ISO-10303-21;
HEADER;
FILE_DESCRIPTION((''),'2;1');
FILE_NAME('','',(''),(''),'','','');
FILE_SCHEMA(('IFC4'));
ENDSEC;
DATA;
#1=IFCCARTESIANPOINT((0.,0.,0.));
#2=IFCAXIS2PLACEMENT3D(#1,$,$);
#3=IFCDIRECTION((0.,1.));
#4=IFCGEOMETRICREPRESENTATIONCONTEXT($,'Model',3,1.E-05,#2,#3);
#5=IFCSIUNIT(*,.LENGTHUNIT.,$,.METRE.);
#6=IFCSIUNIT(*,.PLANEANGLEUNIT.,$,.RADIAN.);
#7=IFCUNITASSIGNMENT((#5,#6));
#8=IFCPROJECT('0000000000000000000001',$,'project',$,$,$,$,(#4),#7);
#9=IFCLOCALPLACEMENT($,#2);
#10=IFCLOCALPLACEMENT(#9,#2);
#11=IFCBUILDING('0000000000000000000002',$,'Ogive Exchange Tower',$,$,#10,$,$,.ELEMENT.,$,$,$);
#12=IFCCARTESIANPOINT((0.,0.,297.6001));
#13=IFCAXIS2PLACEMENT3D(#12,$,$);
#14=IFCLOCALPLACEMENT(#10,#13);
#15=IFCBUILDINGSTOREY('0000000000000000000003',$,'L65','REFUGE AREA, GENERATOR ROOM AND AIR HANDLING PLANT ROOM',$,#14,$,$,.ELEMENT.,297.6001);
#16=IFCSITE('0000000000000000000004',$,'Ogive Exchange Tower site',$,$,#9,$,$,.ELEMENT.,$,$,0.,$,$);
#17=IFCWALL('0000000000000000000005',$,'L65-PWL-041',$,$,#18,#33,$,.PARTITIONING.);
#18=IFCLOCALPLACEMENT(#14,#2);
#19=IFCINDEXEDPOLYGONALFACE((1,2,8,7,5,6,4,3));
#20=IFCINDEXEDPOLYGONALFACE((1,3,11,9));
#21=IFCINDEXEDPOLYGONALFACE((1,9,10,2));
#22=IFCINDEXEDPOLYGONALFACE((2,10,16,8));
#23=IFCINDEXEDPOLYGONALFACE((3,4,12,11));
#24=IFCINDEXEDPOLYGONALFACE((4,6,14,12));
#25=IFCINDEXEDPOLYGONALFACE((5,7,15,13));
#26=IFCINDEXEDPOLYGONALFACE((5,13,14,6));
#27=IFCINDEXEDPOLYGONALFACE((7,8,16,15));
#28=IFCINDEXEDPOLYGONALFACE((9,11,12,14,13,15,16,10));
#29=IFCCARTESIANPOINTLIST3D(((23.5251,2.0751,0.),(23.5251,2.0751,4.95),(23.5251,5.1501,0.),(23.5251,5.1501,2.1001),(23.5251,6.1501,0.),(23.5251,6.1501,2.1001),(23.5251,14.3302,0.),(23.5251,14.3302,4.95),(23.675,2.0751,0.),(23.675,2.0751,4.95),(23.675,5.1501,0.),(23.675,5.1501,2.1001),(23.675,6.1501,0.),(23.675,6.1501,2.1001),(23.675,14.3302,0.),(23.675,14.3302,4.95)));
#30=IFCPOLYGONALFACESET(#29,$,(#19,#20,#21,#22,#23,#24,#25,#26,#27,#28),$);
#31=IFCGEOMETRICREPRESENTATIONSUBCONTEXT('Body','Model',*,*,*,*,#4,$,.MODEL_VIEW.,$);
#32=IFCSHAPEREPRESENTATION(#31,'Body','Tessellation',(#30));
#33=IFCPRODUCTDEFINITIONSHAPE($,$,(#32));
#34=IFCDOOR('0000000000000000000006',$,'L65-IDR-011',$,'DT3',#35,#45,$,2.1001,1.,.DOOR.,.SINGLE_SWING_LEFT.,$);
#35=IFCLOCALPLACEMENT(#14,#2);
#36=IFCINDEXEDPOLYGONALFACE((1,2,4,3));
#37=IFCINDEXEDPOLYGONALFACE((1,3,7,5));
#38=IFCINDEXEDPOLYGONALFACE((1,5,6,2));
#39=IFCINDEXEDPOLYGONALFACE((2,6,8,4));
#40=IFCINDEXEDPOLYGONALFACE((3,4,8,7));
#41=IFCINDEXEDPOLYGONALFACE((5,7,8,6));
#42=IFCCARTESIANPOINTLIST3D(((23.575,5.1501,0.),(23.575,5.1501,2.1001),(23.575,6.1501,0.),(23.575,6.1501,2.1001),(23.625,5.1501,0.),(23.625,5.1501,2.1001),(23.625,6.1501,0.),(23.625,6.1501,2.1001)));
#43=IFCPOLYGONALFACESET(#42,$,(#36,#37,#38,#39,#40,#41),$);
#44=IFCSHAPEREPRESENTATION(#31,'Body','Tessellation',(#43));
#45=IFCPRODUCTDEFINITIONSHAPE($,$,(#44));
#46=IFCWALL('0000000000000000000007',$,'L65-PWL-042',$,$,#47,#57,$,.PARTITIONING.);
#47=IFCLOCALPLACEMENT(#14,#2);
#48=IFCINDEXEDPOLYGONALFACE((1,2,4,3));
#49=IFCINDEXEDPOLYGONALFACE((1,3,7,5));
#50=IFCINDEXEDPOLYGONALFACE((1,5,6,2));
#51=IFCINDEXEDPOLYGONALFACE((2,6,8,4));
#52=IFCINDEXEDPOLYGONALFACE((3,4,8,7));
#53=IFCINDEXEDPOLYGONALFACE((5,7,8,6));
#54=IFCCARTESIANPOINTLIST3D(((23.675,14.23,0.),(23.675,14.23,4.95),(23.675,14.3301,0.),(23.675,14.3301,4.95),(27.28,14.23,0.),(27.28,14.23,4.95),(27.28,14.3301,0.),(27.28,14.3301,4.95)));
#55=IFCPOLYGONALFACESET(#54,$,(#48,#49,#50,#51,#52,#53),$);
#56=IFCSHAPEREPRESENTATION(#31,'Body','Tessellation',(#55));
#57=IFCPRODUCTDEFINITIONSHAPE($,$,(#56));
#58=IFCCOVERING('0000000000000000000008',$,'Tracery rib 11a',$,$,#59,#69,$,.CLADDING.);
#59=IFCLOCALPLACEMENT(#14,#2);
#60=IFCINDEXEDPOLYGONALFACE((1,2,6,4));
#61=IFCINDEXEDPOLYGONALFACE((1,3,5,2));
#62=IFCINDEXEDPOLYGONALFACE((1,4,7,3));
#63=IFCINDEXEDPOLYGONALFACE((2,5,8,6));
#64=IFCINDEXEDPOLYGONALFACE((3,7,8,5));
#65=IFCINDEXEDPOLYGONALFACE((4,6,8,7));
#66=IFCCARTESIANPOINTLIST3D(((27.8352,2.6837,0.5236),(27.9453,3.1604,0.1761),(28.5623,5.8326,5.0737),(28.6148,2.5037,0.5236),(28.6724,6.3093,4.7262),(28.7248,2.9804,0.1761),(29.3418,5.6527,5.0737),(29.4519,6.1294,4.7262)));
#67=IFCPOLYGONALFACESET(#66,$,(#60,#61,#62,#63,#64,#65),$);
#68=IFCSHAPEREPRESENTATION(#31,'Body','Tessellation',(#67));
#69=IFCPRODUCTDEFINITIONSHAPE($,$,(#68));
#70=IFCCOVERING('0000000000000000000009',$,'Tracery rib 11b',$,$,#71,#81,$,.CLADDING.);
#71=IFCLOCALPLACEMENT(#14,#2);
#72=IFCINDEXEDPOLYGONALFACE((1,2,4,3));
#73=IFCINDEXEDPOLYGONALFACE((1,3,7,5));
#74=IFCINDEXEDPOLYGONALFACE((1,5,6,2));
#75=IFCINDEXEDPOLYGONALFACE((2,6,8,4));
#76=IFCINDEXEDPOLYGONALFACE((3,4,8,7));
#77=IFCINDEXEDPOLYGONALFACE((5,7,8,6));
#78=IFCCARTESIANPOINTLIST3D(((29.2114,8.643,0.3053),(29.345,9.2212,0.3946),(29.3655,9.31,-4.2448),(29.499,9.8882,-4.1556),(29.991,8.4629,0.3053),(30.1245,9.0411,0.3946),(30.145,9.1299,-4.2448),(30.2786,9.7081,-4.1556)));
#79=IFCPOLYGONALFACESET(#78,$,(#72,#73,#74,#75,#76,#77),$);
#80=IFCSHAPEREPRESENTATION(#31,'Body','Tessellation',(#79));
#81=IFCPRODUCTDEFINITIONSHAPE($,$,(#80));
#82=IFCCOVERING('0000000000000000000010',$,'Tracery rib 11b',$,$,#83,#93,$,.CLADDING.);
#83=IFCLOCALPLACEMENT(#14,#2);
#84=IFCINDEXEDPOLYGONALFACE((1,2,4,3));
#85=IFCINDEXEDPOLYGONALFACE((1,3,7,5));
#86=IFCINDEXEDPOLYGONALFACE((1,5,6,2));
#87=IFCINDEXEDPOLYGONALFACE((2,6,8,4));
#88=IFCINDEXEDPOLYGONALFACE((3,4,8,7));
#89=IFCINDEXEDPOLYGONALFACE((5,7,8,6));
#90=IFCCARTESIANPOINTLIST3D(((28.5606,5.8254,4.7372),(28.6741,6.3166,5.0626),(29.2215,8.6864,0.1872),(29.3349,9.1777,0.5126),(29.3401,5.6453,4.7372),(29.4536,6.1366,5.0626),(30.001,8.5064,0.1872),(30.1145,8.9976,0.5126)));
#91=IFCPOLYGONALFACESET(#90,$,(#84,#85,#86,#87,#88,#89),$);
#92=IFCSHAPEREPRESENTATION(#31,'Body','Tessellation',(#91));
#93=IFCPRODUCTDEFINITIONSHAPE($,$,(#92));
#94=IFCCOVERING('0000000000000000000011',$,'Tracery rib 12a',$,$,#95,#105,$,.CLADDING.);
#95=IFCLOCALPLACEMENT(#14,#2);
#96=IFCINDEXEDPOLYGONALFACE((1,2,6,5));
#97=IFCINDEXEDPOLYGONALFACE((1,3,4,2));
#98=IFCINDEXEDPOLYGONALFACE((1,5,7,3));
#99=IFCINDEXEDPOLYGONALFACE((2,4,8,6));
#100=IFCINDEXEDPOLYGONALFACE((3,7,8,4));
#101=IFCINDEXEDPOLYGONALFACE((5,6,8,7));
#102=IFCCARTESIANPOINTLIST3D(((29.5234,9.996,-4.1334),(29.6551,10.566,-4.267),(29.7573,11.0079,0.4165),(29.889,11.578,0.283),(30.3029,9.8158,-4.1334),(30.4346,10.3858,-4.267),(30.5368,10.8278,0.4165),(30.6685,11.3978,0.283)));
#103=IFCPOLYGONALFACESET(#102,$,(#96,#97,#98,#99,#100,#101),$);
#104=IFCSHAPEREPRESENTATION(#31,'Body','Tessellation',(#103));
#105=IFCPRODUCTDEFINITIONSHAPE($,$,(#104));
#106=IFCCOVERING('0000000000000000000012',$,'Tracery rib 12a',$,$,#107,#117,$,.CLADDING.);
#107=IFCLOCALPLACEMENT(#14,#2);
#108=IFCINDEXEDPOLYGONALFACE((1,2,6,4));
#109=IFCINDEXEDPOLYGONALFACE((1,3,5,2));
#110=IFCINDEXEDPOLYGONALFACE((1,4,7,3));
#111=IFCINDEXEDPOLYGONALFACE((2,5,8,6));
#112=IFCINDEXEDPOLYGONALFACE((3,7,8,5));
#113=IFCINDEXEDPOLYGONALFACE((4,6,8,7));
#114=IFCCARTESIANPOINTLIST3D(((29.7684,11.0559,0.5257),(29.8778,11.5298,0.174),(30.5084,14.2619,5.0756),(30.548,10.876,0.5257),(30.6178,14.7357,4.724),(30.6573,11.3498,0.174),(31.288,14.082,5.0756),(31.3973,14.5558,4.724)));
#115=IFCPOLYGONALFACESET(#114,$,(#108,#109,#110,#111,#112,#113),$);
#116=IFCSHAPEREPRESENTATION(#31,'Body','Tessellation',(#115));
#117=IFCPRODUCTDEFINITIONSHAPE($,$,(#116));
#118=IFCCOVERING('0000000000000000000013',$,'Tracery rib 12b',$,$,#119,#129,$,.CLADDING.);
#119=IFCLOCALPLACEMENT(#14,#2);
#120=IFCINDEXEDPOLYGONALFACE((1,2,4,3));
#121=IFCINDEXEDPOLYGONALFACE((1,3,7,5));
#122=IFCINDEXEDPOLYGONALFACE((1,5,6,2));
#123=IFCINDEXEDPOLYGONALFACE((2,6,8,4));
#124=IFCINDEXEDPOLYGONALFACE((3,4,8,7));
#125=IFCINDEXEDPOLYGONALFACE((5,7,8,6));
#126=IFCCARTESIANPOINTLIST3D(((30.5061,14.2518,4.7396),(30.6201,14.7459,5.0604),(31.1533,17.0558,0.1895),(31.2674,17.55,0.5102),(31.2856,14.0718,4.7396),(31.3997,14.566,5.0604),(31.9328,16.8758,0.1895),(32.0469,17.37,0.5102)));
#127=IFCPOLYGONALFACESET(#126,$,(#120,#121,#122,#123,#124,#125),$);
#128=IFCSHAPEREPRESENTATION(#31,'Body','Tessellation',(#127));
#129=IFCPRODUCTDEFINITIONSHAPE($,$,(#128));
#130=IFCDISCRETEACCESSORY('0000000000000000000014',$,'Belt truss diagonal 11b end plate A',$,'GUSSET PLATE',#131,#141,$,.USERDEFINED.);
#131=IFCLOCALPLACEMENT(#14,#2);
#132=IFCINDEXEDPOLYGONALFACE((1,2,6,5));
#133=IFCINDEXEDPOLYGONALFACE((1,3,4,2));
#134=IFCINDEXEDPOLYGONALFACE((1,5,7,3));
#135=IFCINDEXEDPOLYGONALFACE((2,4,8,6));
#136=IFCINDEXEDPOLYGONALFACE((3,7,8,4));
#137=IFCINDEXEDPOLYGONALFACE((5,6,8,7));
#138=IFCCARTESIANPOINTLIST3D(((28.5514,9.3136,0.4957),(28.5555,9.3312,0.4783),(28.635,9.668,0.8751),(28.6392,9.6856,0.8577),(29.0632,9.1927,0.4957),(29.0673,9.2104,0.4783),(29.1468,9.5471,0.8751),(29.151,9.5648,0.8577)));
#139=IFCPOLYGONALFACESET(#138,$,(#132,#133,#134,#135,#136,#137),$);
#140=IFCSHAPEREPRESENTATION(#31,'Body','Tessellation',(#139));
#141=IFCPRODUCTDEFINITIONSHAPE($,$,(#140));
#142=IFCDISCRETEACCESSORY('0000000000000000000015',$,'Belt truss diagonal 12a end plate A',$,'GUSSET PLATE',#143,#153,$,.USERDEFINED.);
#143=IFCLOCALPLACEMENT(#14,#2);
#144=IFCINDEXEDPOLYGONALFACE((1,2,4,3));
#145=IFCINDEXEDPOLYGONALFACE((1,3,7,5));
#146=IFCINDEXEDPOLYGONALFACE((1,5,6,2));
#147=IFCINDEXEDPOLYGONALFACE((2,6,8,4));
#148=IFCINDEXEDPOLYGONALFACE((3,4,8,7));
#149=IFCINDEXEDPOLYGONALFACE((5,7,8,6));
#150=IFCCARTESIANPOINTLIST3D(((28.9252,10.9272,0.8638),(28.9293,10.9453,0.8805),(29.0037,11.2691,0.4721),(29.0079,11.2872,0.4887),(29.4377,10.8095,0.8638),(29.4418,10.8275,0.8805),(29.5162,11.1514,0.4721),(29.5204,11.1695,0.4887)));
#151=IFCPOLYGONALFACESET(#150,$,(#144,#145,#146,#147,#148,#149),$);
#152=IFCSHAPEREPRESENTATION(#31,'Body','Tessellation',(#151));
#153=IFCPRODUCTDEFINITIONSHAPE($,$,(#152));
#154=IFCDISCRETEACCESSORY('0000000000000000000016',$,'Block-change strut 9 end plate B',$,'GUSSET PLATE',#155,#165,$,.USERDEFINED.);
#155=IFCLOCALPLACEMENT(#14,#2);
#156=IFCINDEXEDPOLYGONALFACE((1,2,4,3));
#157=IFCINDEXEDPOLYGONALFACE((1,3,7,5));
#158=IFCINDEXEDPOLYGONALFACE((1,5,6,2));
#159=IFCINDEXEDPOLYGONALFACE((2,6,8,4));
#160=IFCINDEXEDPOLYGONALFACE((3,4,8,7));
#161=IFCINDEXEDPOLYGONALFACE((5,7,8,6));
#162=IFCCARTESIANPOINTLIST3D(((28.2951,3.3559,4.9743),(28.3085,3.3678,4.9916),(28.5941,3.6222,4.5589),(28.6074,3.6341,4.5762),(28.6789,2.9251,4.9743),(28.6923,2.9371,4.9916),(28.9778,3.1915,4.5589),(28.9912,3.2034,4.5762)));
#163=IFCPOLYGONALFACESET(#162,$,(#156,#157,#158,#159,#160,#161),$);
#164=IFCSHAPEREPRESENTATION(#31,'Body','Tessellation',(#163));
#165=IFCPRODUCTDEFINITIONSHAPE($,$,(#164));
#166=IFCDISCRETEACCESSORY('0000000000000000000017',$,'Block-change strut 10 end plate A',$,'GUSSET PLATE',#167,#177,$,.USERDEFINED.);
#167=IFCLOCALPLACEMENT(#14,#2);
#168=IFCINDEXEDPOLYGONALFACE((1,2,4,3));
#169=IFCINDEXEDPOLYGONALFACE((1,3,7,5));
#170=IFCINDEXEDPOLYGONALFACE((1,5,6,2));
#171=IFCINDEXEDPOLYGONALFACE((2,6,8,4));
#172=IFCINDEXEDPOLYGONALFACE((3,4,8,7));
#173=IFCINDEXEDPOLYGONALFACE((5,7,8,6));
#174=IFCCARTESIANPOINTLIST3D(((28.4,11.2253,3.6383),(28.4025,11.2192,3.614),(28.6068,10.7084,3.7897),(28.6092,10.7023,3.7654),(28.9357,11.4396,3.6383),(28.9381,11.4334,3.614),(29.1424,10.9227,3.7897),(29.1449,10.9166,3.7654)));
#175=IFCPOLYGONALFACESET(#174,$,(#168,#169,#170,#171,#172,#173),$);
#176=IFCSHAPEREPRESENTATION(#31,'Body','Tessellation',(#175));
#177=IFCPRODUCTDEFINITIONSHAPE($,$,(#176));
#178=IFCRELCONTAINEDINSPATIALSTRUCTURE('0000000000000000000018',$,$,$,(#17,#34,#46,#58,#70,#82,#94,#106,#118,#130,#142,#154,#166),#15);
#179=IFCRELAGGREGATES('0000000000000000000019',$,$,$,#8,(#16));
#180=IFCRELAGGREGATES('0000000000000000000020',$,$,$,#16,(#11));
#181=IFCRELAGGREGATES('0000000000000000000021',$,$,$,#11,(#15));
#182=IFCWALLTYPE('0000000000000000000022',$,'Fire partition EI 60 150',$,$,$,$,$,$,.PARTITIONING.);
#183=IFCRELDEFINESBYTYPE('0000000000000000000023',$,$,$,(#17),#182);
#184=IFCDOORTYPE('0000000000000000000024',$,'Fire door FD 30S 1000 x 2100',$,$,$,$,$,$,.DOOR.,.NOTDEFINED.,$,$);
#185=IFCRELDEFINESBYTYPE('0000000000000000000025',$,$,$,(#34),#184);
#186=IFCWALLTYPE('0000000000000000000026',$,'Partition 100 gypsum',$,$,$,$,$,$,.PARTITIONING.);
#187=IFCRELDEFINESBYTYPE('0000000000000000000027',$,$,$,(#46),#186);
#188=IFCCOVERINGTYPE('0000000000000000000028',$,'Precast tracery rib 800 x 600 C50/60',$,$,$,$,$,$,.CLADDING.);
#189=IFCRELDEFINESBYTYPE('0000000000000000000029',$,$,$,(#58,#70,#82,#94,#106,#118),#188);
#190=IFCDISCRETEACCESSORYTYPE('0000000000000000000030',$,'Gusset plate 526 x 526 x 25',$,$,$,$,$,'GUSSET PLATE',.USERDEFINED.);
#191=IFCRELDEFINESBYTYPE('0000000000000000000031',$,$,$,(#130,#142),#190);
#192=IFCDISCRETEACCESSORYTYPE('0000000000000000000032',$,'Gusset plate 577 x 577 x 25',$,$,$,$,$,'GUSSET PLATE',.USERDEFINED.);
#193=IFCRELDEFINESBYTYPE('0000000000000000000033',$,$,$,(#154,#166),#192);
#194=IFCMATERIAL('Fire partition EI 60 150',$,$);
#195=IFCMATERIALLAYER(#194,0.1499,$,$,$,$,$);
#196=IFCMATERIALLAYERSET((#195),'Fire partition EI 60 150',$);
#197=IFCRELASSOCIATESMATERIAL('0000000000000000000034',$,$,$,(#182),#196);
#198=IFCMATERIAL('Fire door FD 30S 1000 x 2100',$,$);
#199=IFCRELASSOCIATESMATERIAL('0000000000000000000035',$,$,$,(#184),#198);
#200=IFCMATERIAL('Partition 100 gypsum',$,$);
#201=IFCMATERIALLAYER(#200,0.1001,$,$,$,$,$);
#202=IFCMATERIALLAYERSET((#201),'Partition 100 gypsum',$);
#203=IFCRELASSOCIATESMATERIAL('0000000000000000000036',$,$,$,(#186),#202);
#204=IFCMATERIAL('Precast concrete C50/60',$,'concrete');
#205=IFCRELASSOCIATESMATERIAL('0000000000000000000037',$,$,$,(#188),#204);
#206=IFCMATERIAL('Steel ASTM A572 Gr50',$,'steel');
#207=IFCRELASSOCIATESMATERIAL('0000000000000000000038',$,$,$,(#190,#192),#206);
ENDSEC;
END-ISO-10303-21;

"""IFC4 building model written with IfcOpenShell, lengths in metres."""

from ifc_helpers import new_model, si_unit, direction, frame, frame_2d, origin, origin_2d, place, context, subcontext, project, spatial, rectangle, extrude, material, layer, layer_set, material_profile, profile_set, type_object, element, fill, save


model = new_model("IFC4")

# Units and contexts
model_context = context("Model", 3, precision=1e-05, world=origin(), true_north=direction((0.0, 1.0)))
body_context = subcontext(model_context, "Body", "Model", "MODEL_VIEW")
ifc_project = project(units=[si_unit("LENGTHUNIT", "METRE"), si_unit("PLANEANGLEUNIT", "RADIAN")], contexts=[model_context])

# Site, building, storey
site_placement = place(None, origin())
site = spatial("IfcSite", under=ifc_project, at=site_placement, Name="Ogive Exchange Tower site", CompositionType="ELEMENT", RefElevation=0.0)
building_placement = place(site_placement, origin())
building = spatial("IfcBuilding", under=site, at=building_placement, Name="Ogive Exchange Tower", CompositionType="ELEMENT")
storey_placement = place(building_placement, frame((0.0, 0.0, 297.6001)))
storey = spatial("IfcBuildingStorey", under=building, at=storey_placement, Name="L65", Description="REFUGE AREA, GENERATOR ROOM AND AIR HANDLING PLANT ROOM", CompositionType="ELEMENT", Elevation=297.6001)

# Wall, opening, door
ifc_material_1 = material(Name="Fire partition EI 60 150")
ifc_layer_1 = layer(ifc_material_1, 0.1499)
ifc_layer_set_1 = layer_set([ifc_layer_1], Name="Fire partition EI 60 150")
wall_type_1 = type_object("IfcWallType", Name="Fire partition EI 60 150", PredefinedType="PARTITIONING", material=ifc_layer_set_1)
wall_1_placement = place(storey_placement, frame((23.6001, 14.3301, 0.0), z_axis=(0.0, 0.0, 1.0), x_axis=(0.0, -1.0, 0.0)))
wall_1 = element("IfcWall", 1, at=wall_1_placement, inside=storey, type_object=wall_type_1, Name="L65-PWL-041", PredefinedType="PARTITIONING", context=body_context, shape_type="SweptSolid", body=[
    extrude(rectangle(XDim=12.2551, YDim=0.1499, at=frame_2d((6.1274, 0.0))), origin(), (0.0, 0.0, 1.0), 4.95),
])
opening_placement = place(wall_1_placement, frame((8.1799, 0.0, 0.0)))
opening = element("IfcOpeningElement", 2, at=opening_placement, cuts=wall_1, PredefinedType="OPENING", context=body_context, shape_type="SweptSolid", body=[
    extrude(rectangle(XDim=1.0, YDim=2.1001, at=frame_2d((0.5, 1.05))), frame((0.0, 0.085, 0.0), z_axis=(0.0, -1.0, 0.0), x_axis=(1.0, 0.0, 0.0)), (0.0, 0.0, 1.0), 0.1699),
])
ifc_material_2 = material(Name="Fire door FD 30S 1000 x 2100")
door_type = type_object("IfcDoorType", Name="Fire door FD 30S 1000 x 2100", OperationType="NOTDEFINED", PredefinedType="DOOR", material=ifc_material_2)
door_placement = place(opening_placement, origin())
door = element("IfcDoor", 3, at=door_placement, inside=storey, type_object=door_type, Name="L65-IDR-011", ObjectType="DT3", OperationType="SINGLE_SWING_LEFT", OverallHeight=2.1001, OverallWidth=1.0, PredefinedType="DOOR", context=body_context, shape_type="SweptSolid", body=[
    extrude(rectangle(XDim=1.0, YDim=2.1001, at=frame_2d((0.5, 1.05))), frame((0.0, 0.0249, 0.0), z_axis=(0.0, -1.0, 0.0), x_axis=(1.0, 0.0, 0.0)), (0.0, 0.0, 1.0), 0.05),
])
fill(opening, door)

# Wall
ifc_material_3 = material(Name="Partition 100 gypsum")
ifc_layer_2 = layer(ifc_material_3, 0.1001)
ifc_layer_set_2 = layer_set([ifc_layer_2], Name="Partition 100 gypsum")
wall_type_2 = type_object("IfcWallType", Name="Partition 100 gypsum", PredefinedType="PARTITIONING", material=ifc_layer_set_2)
wall_2_placement = place(storey_placement, frame((23.675, 14.28, 0.0), z_axis=(0.0, 0.0, 1.0), x_axis=(1.0, 0.0, 0.0)))
element("IfcWall", 4, at=wall_2_placement, inside=storey, type_object=wall_type_2, Name="L65-PWL-042", PredefinedType="PARTITIONING", context=body_context, shape_type="SweptSolid", body=[
    extrude(rectangle(XDim=3.605, YDim=0.1001, at=frame_2d((1.8025, 0.0))), origin(), (0.0, 0.0, 1.0), 4.95),
])

# Coverings
ifc_material_4 = material(Name="Precast concrete C50/60", Category="concrete")
ifc_material_profile_1 = material_profile(ifc_material_4, rectangle(XDim=0.8, YDim=0.6001, at=origin_2d()), Name="RIB 800 x 600")
ifc_profile_set_1 = profile_set([ifc_material_profile_1], Name="Precast concrete C50/60")
covering_type = type_object("IfcCoveringType", Name="Precast tracery rib 800 x 600 C50/60", PredefinedType="CLADDING", material=ifc_profile_set_1)
covering_1_placement = place(storey_placement, frame((28.28, 2.832, 0.3499), z_axis=(0.130273, 0.564225, 0.815278), x_axis=(-0.974366, 0.22497, 0.0)))
element("IfcCovering", 5, at=covering_1_placement, inside=storey, type_object=covering_type, Name="Tracery rib 11a", PredefinedType="CLADDING", context=body_context, shape_type="SweptSolid", body=[
    extrude(rectangle(XDim=0.8, YDim=0.6001, at=origin_2d()), origin(), (0.0, 0.0, 1.0), 5.5811),
])
covering_2_placement = place(storey_placement, frame((29.822, 9.509, -4.2002), z_axis=(-0.033481, -0.144959, 0.988871), x_axis=(0.974349, -0.225042, 0.0)))
element("IfcCovering", 6, at=covering_2_placement, inside=storey, type_object=covering_type, Name="Tracery rib 11b", PredefinedType="CLADDING", context=body_context, shape_type="SweptSolid", body=[
    extrude(rectangle(XDim=0.8, YDim=0.6001, at=origin_2d()), origin(), (0.0, 0.0, 1.0), 4.6013),
])
covering_3_placement = place(storey_placement, frame((29.668, 8.842, 0.3499), z_axis=(-0.122041, -0.528333, 0.84022), x_axis=(0.974344, -0.225066, 0.0)))
element("IfcCovering", 7, at=covering_3_placement, inside=storey, type_object=covering_type, Name="Tracery rib 11b", PredefinedType="CLADDING", context=body_context, shape_type="SweptSolid", body=[
    extrude(rectangle(XDim=0.8, YDim=0.6001, at=origin_2d()), origin(), (0.0, 0.0, 1.0), 5.4153),
])
covering_4_placement = place(storey_placement, frame((29.979, 10.1909, -4.2002), z_axis=(0.050114, 0.21683, 0.974922), x_axis=(-0.974316, 0.225186, 0.0)))
element("IfcCovering", 8, at=covering_4_placement, inside=storey, type_object=covering_type, Name="Tracery rib 12a", PredefinedType="CLADDING", context=body_context, shape_type="SweptSolid", body=[
    extrude(rectangle(XDim=0.8, YDim=0.6001, at=origin_2d()), origin(), (0.0, 0.0, 1.0), 4.667),
])
covering_5_placement = place(storey_placement, frame((30.2129, 11.2029, 0.3499), z_axis=(0.131786, 0.57097, 0.810324), x_axis=(-0.974382, 0.224897, 0.0)))
element("IfcCovering", 9, at=covering_5_placement, inside=storey, type_object=covering_type, Name="Tracery rib 12a", PredefinedType="CLADDING", context=body_context, shape_type="SweptSolid", body=[
    extrude(rectangle(XDim=0.8, YDim=0.6001, at=origin_2d()), origin(), (0.0, 0.0, 1.0), 5.615),
])
covering_6_placement = place(storey_placement, frame((31.6001, 17.2129, 0.3499), z_axis=(-0.120218, -0.520825, 0.845156), x_axis=(0.97438, -0.224909, 0.0)))
element("IfcCovering", 10, at=covering_6_placement, inside=storey, type_object=covering_type, Name="Tracery rib 12b", PredefinedType="CLADDING", context=body_context, shape_type="SweptSolid", body=[
    extrude(rectangle(XDim=0.8, YDim=0.6001, at=origin_2d()), origin(), (0.0, 0.0, 1.0), 5.3838),
])

# Discrete accessories
ifc_material_5 = material(Name="Steel ASTM A572 Gr50", Category="steel")
ifc_material_profile_2 = material_profile(ifc_material_5, rectangle(XDim=0.5259, YDim=0.5259, at=origin_2d()), Name="PL 526 x 526 x 25")
ifc_profile_set_2 = profile_set([ifc_material_profile_2], Name="Steel ASTM A572 Gr50")
discrete_accessory_type_1 = type_object("IfcDiscreteAccessoryType", Name="Gusset plate 526 x 526 x 25", ElementType="GUSSET PLATE", PredefinedType="USERDEFINED", material=ifc_profile_set_2)
discrete_accessory_1_placement = place(storey_placement, frame((28.8533, 9.448, 0.668), z_axis=(-0.165793, -0.70218, 0.692428), x_axis=(0.97324, -0.229793, 0.0)))
element("IfcDiscreteAccessory", 11, at=discrete_accessory_1_placement, inside=storey, type_object=discrete_accessory_type_1, Name="Belt truss diagonal 11b end plate A", ObjectType="GUSSET PLATE", PredefinedType="USERDEFINED", context=body_context, shape_type="SweptSolid", body=[
    extrude(rectangle(XDim=0.5259, YDim=0.5259, at=origin_2d()), origin(), (0.0, 0.0, 1.0), 0.0251),
])
discrete_accessory_2_placement = place(storey_placement, frame((29.2207, 11.0393, 0.668), z_axis=(0.166787, 0.726014, 0.667148), x_axis=(-0.974613, 0.223898, 0.0)))
element("IfcDiscreteAccessory", 12, at=discrete_accessory_2_placement, inside=storey, type_object=discrete_accessory_type_1, Name="Belt truss diagonal 12a end plate A", ObjectType="GUSSET PLATE", PredefinedType="USERDEFINED", context=body_context, shape_type="SweptSolid", body=[
    extrude(rectangle(XDim=0.5259, YDim=0.5259, at=origin_2d()), origin(), (0.0, 0.0, 1.0), 0.0249),
])
ifc_material_profile_3 = material_profile(ifc_material_5, rectangle(XDim=0.5769, YDim=0.5769, at=origin_2d()), Name="PL 577 x 577 x 25")
ifc_profile_set_3 = profile_set([ifc_material_profile_3], Name="Steel ASTM A572 Gr50")
discrete_accessory_type_2 = type_object("IfcDiscreteAccessoryType", Name="Gusset plate 577 x 577 x 25", ElementType="GUSSET PLATE", PredefinedType="USERDEFINED", material=ifc_profile_set_3)
discrete_accessory_3_placement = place(storey_placement, frame((28.6365, 3.2737, 4.7666), z_axis=(0.53759, 0.478944, 0.69398), x_axis=(-0.665206, 0.74666, 0.0)))
element("IfcDiscreteAccessory", 13, at=discrete_accessory_3_placement, inside=storey, type_object=discrete_accessory_type_2, Name="Block-change strut 9 end plate B", ObjectType="GUSSET PLATE", PredefinedType="USERDEFINED", context=body_context, shape_type="SweptSolid", body=[
    extrude(rectangle(XDim=0.5769, YDim=0.5769, at=origin_2d()), origin(), (0.0, 0.0, 1.0), 0.0249),
])
discrete_accessory_4_placement = place(storey_placement, frame((28.7737, 11.0679, 3.6897), z_axis=(-0.097469, 0.243674, 0.964947), x_axis=(-0.928477, -0.371391, 0.0)))
element("IfcDiscreteAccessory", 14, at=discrete_accessory_4_placement, inside=storey, type_object=discrete_accessory_type_2, Name="Block-change strut 10 end plate A", ObjectType="GUSSET PLATE", PredefinedType="USERDEFINED", context=body_context, shape_type="SweptSolid", body=[
    extrude(rectangle(XDim=0.5769, YDim=0.5769, at=origin_2d()), origin(), (0.0, 0.0, 1.0), 0.0251),
])

save(model, "model.ifc")
